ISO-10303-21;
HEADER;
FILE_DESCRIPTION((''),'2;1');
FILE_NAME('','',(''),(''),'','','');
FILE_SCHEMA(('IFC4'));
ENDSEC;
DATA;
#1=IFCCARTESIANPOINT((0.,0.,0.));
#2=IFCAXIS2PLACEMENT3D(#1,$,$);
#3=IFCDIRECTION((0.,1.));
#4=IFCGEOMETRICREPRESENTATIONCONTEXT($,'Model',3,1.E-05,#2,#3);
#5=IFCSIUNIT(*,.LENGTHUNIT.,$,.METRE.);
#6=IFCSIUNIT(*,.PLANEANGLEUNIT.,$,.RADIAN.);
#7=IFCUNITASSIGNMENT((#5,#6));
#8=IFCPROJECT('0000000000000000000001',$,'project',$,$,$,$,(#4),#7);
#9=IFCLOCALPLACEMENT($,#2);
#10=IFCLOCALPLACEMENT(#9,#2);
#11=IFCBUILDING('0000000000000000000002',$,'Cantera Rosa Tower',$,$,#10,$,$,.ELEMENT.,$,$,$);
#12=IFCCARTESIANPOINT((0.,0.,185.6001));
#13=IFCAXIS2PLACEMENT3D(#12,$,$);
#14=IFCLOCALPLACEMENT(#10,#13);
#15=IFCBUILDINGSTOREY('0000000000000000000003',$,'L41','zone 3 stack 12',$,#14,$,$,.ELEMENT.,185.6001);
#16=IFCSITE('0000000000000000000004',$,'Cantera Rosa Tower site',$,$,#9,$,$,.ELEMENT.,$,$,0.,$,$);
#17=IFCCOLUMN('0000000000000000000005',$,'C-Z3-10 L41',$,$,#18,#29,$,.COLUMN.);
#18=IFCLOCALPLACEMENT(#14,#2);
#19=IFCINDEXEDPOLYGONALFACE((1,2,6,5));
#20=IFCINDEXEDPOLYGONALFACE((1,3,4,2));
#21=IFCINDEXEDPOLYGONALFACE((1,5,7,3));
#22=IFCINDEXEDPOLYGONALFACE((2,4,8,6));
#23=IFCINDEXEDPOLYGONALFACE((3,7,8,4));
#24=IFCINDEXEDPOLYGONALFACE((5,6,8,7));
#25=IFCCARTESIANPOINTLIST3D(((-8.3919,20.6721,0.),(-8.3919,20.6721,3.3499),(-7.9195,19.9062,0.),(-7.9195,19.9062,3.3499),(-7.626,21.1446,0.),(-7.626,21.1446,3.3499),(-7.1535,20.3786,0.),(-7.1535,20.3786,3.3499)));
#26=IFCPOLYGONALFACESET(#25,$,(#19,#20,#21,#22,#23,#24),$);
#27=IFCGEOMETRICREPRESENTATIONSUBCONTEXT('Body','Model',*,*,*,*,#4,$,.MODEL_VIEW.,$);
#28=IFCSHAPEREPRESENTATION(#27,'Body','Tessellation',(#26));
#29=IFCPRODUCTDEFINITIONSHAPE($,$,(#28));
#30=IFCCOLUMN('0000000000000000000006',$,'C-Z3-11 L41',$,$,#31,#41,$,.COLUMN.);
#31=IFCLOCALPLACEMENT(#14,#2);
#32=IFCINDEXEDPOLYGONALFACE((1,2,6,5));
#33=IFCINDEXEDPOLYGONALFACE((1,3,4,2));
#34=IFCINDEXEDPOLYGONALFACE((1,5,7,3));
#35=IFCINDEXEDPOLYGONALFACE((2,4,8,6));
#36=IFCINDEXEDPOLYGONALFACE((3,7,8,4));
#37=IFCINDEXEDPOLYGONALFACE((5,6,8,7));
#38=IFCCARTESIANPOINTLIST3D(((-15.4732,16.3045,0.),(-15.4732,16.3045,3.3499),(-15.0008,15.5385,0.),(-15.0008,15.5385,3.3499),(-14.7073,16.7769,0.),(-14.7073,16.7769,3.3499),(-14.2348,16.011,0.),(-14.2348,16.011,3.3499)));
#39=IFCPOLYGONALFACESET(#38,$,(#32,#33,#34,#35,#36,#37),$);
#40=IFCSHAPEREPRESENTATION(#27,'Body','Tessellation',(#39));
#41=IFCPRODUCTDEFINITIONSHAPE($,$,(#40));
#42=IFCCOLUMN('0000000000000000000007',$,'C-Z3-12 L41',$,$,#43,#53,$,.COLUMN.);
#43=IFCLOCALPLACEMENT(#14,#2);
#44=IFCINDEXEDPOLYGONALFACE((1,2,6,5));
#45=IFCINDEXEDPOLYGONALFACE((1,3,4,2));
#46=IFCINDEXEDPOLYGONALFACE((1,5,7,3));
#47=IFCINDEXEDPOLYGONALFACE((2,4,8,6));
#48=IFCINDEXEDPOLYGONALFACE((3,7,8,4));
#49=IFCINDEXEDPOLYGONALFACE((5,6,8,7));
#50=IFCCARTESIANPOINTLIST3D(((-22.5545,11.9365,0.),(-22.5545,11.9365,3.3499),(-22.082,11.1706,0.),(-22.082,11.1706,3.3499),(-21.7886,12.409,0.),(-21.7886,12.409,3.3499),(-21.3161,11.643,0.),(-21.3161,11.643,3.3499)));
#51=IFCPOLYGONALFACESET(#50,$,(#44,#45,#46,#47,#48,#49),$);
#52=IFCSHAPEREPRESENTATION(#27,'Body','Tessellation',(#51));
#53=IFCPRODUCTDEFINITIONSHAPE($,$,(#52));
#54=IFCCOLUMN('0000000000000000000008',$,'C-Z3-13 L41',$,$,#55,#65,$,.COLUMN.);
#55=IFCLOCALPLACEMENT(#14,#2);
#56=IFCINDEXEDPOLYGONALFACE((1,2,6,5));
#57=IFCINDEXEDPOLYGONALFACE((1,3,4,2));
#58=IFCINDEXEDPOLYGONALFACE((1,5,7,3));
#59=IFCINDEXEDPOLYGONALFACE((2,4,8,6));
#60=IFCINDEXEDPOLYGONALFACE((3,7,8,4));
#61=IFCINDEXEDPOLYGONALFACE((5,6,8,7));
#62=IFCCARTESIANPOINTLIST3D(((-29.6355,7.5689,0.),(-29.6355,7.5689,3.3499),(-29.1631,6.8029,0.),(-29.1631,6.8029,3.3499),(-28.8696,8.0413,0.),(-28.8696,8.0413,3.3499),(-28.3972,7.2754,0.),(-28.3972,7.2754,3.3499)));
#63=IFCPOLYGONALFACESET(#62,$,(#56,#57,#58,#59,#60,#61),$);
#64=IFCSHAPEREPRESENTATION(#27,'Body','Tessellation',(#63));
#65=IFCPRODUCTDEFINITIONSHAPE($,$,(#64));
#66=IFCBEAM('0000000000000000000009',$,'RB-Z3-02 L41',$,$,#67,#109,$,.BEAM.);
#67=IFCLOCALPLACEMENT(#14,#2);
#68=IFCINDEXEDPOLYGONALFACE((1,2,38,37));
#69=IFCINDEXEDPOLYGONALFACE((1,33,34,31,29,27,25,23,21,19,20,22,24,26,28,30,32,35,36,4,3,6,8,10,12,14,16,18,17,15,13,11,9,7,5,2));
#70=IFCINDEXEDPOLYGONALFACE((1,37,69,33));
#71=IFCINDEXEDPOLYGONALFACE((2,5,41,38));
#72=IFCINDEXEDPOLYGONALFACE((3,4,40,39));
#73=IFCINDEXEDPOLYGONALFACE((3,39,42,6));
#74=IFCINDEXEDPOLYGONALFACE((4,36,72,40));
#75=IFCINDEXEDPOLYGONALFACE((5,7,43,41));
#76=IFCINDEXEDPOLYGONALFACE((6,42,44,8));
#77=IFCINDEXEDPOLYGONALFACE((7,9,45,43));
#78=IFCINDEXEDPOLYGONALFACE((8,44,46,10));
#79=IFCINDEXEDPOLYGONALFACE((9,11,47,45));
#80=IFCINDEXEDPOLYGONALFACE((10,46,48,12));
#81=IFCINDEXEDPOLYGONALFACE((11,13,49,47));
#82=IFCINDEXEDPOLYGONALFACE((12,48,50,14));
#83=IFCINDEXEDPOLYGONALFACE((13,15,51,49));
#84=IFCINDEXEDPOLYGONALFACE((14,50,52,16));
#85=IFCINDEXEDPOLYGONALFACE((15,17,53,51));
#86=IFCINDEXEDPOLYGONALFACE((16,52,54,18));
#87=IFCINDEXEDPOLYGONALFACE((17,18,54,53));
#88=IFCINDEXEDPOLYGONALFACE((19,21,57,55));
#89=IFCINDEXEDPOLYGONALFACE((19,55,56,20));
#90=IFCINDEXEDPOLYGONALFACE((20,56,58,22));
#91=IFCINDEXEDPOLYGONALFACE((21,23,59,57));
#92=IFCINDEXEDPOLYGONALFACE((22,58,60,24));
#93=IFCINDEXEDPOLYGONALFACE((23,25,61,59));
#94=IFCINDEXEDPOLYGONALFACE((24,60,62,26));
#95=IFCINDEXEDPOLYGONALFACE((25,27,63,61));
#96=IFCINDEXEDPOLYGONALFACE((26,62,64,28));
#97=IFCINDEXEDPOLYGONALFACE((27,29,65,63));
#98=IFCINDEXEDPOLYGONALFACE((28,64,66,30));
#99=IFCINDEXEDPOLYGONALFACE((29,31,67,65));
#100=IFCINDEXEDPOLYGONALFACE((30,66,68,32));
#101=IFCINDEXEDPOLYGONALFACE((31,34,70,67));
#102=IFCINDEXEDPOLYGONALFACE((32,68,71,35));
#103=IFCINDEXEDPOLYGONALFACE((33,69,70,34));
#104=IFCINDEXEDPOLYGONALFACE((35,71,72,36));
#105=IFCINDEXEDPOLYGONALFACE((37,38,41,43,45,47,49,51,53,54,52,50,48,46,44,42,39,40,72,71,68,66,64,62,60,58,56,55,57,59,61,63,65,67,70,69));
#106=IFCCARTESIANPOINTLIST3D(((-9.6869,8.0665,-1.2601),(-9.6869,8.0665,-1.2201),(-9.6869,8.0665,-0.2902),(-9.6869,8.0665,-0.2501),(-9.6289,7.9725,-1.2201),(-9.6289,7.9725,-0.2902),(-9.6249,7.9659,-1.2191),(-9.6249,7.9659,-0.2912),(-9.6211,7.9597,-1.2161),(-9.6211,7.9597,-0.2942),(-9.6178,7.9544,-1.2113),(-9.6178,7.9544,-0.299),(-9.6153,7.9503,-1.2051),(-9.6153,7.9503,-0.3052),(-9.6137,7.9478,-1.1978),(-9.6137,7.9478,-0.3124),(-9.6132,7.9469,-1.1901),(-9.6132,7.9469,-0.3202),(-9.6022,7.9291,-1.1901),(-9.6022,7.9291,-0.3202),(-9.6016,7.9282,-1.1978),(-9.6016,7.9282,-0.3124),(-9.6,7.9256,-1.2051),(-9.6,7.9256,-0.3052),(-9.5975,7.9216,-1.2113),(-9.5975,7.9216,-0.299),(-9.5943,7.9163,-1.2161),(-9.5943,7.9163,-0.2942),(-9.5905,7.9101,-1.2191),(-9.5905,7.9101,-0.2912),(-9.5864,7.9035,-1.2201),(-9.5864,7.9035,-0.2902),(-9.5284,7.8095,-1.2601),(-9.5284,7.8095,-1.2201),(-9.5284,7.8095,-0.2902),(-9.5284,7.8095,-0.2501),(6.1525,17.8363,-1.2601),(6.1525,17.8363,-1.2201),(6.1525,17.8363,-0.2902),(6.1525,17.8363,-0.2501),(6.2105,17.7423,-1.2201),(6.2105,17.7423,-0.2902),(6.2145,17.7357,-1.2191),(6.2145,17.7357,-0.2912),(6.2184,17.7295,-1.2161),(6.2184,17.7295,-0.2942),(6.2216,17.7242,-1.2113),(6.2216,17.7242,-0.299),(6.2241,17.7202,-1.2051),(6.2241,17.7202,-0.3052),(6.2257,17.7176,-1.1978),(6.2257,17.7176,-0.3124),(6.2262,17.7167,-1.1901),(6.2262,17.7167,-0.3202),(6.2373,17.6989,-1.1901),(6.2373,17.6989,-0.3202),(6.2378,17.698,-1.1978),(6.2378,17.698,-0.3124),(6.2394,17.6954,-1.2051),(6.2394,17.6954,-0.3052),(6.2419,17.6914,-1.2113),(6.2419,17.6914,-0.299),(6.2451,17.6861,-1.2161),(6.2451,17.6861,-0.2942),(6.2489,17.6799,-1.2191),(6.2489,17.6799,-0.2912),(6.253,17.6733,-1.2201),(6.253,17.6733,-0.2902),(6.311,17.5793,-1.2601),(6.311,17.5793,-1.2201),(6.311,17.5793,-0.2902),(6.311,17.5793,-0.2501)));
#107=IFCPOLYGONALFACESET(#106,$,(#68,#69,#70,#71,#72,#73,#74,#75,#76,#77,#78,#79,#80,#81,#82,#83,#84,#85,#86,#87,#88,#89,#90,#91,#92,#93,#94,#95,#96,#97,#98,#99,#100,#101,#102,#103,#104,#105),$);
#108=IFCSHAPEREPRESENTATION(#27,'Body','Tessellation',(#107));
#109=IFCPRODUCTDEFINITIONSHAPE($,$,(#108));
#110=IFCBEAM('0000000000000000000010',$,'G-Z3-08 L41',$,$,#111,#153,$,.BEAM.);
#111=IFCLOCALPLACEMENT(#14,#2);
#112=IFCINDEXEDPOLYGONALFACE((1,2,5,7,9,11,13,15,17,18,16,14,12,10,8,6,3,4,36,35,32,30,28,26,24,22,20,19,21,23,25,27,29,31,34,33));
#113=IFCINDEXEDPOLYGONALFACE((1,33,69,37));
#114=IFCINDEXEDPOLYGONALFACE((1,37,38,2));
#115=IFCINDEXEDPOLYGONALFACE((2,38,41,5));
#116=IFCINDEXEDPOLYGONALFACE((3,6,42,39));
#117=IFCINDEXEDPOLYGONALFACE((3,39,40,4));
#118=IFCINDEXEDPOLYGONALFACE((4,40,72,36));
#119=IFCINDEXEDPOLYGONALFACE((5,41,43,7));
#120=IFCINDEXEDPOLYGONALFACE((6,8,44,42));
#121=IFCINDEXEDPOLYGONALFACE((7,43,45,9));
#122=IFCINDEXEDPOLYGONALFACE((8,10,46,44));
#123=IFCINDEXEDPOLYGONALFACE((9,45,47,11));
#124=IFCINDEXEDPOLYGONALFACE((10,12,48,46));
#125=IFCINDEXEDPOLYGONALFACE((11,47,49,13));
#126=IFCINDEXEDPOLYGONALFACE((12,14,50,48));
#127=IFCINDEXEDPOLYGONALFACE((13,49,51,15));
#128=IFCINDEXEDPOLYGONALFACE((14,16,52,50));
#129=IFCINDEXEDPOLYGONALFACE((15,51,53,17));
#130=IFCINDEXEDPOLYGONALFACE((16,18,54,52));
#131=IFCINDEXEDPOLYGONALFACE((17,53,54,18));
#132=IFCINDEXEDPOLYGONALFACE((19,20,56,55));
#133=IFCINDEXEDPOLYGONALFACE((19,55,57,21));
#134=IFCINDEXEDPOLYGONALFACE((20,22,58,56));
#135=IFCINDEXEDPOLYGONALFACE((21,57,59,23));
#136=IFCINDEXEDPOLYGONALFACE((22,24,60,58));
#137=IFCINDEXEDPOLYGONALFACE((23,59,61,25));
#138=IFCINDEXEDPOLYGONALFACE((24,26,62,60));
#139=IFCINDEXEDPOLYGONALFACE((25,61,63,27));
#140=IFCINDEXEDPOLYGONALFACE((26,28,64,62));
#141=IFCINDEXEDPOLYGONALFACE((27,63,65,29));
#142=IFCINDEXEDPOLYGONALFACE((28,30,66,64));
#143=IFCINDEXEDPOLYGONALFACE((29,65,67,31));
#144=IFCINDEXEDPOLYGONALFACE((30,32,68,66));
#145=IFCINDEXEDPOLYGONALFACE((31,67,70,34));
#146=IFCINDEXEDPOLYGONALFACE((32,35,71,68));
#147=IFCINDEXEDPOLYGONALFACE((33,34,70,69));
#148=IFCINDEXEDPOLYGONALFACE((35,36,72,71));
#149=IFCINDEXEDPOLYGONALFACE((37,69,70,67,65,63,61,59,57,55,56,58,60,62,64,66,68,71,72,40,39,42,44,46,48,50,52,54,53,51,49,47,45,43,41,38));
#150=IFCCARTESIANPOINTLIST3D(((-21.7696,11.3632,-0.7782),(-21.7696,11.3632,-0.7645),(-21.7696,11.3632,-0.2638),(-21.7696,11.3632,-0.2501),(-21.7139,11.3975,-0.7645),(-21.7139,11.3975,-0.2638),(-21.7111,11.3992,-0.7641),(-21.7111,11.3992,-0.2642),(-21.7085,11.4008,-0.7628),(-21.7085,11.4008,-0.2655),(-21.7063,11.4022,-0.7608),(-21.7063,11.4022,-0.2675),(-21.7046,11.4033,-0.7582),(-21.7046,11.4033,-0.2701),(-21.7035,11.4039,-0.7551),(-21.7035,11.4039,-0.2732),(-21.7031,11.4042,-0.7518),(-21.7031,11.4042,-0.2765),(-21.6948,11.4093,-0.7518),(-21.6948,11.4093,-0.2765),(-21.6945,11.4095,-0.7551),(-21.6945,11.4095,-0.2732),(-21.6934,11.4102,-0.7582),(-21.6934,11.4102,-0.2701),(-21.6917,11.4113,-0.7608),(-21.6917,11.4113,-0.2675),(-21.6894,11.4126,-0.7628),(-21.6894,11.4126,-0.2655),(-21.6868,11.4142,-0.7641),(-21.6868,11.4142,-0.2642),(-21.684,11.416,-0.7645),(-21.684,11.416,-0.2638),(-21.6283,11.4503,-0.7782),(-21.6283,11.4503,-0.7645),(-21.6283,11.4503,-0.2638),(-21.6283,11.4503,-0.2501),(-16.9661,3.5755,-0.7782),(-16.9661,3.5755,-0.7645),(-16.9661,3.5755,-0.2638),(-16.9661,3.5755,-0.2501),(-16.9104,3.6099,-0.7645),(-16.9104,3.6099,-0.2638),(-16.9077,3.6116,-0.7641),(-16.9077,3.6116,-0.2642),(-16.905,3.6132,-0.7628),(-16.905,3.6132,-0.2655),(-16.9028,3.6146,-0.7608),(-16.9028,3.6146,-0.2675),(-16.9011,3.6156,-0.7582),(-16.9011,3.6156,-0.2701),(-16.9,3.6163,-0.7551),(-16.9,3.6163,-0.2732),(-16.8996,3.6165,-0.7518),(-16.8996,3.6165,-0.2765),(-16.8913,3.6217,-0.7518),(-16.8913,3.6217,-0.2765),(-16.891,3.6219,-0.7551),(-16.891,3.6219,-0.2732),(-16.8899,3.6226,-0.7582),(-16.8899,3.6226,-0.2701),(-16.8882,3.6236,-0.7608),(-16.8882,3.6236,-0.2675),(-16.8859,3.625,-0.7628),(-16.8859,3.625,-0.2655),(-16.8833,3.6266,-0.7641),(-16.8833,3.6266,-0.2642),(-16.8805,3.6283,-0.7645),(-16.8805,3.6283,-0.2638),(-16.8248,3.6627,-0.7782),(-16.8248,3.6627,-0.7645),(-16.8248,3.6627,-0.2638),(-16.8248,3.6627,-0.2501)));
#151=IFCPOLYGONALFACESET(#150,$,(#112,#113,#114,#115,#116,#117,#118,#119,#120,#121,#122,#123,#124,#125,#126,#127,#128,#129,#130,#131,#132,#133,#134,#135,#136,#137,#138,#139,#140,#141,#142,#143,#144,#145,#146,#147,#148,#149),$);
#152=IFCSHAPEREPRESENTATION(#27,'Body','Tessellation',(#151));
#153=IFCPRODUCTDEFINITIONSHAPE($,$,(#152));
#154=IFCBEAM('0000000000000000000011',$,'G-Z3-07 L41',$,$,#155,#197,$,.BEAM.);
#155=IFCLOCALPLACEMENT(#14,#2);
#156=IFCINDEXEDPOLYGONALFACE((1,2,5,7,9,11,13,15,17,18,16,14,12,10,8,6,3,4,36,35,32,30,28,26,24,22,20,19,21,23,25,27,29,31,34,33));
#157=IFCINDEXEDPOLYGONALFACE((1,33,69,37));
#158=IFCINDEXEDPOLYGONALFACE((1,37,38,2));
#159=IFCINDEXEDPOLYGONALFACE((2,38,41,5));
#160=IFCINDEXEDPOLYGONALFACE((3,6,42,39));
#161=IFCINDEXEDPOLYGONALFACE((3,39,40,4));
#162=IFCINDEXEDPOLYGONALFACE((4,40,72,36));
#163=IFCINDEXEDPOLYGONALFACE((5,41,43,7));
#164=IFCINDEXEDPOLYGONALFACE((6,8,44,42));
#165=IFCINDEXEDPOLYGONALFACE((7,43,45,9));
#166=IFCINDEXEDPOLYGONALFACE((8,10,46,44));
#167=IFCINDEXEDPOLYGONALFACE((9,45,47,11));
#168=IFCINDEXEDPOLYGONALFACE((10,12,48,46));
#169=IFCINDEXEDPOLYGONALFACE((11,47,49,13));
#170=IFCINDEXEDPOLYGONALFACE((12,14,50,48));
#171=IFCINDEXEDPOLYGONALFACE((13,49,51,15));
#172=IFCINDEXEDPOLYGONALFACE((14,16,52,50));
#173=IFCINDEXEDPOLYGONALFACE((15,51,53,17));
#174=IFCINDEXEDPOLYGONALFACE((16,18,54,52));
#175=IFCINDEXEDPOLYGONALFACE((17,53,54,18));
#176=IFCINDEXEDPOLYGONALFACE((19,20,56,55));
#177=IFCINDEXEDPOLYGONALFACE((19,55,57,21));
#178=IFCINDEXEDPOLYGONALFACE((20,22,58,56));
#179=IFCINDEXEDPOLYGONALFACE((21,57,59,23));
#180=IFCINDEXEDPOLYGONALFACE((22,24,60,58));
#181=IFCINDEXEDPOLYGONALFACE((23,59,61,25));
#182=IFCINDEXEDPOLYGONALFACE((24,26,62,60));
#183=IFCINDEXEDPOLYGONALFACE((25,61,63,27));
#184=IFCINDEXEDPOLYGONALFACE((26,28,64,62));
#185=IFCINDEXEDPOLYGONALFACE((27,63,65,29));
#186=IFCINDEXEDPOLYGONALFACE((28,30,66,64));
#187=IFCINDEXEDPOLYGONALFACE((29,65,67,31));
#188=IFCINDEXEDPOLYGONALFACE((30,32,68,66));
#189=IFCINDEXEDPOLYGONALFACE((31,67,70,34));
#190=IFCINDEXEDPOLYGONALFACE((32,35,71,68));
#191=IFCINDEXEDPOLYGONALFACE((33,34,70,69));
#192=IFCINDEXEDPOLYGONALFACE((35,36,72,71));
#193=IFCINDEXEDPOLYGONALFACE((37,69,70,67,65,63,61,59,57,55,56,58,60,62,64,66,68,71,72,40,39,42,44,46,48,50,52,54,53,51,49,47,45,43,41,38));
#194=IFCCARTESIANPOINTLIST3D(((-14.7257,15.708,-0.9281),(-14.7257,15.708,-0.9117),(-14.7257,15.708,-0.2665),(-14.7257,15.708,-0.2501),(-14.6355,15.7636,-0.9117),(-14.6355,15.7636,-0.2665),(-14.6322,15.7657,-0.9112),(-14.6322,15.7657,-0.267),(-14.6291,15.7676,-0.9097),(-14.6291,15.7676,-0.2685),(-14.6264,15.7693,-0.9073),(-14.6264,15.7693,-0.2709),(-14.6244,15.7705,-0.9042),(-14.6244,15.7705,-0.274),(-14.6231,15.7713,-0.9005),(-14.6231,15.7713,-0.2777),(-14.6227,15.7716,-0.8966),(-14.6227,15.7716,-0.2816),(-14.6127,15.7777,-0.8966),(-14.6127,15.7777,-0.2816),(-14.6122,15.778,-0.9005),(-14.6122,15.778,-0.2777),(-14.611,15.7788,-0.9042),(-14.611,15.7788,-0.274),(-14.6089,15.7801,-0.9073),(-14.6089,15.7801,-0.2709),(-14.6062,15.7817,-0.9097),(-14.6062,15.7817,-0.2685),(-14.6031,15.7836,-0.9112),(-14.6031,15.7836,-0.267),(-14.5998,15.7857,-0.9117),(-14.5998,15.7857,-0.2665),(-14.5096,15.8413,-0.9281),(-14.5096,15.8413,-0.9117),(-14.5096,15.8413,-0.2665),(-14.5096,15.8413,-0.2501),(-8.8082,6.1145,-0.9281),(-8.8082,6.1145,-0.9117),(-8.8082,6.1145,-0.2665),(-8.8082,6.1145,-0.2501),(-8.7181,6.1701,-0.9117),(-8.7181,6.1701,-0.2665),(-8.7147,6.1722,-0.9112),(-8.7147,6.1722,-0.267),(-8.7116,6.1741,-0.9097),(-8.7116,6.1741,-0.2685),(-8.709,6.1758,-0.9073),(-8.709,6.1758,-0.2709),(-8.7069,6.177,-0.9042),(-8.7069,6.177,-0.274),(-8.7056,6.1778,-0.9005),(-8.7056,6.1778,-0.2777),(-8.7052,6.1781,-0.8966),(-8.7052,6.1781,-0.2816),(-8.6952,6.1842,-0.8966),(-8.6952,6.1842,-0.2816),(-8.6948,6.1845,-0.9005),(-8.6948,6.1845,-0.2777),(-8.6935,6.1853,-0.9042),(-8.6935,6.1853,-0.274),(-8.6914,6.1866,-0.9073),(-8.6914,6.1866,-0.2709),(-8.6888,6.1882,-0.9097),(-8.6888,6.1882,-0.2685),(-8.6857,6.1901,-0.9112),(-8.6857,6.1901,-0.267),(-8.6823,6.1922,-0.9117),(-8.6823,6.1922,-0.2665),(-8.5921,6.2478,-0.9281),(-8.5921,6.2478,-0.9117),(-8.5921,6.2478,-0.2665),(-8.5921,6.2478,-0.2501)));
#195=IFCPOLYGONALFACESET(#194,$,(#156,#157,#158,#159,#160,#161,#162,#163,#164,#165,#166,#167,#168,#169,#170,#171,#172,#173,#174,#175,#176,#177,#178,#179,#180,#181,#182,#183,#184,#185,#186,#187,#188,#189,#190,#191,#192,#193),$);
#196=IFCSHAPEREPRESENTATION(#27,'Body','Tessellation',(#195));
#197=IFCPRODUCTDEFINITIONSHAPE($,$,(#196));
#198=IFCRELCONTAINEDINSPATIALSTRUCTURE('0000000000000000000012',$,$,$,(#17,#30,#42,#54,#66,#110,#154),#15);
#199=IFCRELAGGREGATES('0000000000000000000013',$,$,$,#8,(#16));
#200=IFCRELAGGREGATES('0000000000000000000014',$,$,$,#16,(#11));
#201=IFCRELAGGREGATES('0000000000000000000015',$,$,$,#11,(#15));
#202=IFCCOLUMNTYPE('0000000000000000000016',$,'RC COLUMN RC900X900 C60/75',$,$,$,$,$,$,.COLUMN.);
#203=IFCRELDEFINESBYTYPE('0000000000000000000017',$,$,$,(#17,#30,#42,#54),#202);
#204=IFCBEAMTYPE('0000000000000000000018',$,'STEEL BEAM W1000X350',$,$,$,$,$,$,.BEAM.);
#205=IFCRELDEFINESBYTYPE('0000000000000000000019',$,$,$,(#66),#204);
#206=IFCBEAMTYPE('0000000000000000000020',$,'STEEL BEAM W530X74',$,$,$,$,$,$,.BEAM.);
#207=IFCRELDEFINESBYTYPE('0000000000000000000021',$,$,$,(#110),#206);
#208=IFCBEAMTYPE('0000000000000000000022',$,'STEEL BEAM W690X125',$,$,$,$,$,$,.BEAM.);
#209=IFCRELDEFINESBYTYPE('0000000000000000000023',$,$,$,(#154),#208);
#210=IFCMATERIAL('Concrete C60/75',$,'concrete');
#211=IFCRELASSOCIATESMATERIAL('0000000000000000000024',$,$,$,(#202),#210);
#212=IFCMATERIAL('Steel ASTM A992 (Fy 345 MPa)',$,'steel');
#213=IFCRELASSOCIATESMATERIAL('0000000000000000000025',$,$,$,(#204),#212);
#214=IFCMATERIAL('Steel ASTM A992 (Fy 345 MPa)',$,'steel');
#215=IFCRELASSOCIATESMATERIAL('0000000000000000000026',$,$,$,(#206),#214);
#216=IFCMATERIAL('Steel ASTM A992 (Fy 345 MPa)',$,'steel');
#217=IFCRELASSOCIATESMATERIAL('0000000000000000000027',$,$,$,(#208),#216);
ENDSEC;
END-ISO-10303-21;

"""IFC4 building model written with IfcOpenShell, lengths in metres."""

from ifc_helpers import new_model, si_unit, direction, frame, origin, origin_2d, place, context, subcontext, project, spatial, rectangle, i_section, extrude, material, material_profile, profile_set, type_object, element, save


model = new_model("IFC4")

# Units and contexts
model_context = context("Model", 3, precision=1e-05, world=origin(), true_north=direction((0.0, 1.0)))
body_context = subcontext(model_context, "Body", "Model", "MODEL_VIEW")
ifc_project = project(units=[si_unit("LENGTHUNIT", "METRE"), si_unit("PLANEANGLEUNIT", "RADIAN")], contexts=[model_context])

# Site, building, storey
site_placement = place(None, origin())
site = spatial("IfcSite", under=ifc_project, at=site_placement, Name="Cantera Rosa Tower site", CompositionType="ELEMENT", RefElevation=0.0)
building_placement = place(site_placement, origin())
building = spatial("IfcBuilding", under=site, at=building_placement, Name="Cantera Rosa Tower", CompositionType="ELEMENT")
storey_placement = place(building_placement, frame((0.0, 0.0, 185.6001)))
storey = spatial("IfcBuildingStorey", under=building, at=storey_placement, Name="L41", Description="zone 3 stack 12", CompositionType="ELEMENT", Elevation=185.6001)

# Columns
ifc_material_1 = material(Name="Concrete C60/75", Category="concrete")
ifc_material_profile_1 = material_profile(ifc_material_1, rectangle(XDim=0.8999, YDim=0.8999, at=origin_2d()), Name="RC COLUMN RC900X900 C60/75")
ifc_profile_set_1 = profile_set([ifc_material_profile_1], Name="Concrete C60/75")
column_type = type_object("IfcColumnType", Name="RC COLUMN RC900X900 C60/75", PredefinedType="COLUMN", material=ifc_profile_set_1)
for number, where, z_axis, x_axis, name in (
    (1, (-7.7727, 20.5254, 0.0), (0.0, 0.0, 1.0), (0.851117, 0.524977, 0.0), "C-Z3-10 L41"),
    (2, (-14.854, 16.1577, 0.0), (0.0, 0.0, 1.0), (0.851117, 0.524977, 0.0), "C-Z3-11 L41"),
    (3, (-21.9353, 11.7898, 0.0), (0.0, 0.0, 1.0), (0.851117, 0.524977, 0.0), "C-Z3-12 L41"),
    (4, (-29.0164, 7.4221, 0.0), (0.0, 0.0, 1.0), (0.851117, 0.524977, 0.0), "C-Z3-13 L41"),
):
    element("IfcColumn", number, at=place(storey_placement, frame(where, z_axis=z_axis, x_axis=x_axis)), inside=storey, type_object=column_type, Name=name, PredefinedType="COLUMN", context=body_context, shape_type="SweptSolid", body=[
        extrude(rectangle(XDim=0.8999, YDim=0.8999, at=origin_2d()), origin(), (0.0, 0.0, 1.0), 3.3499),
    ])

# Beams
ifc_material_2 = material(Name="Steel ASTM A992 (Fy 345 MPa)", Category="steel")
ifc_material_profile_2 = material_profile(ifc_material_2, i_section(OverallWidth=0.302, OverallDepth=1.01, WebThickness=0.021, FlangeThickness=0.04, FilletRadius=0.03, at=origin_2d()), Name="W1000X350")
ifc_profile_set_2 = profile_set([ifc_material_profile_2], Name="Steel ASTM A992 (Fy 345 MPa)")
beam_type_1 = type_object("IfcBeamType", Name="STEEL BEAM W1000X350", PredefinedType="BEAM", material=ifc_profile_set_2)
beam_1_placement = place(storey_placement, frame((-9.6077, 7.938, -0.7551), z_axis=(0.851119, 0.524973, 0.0), x_axis=(-0.524973, 0.851119, 0.0)))
element("IfcBeam", 5, at=beam_1_placement, inside=storey, type_object=beam_type_1, Name="RB-Z3-02 L41", PredefinedType="BEAM", context=body_context, shape_type="SweptSolid", body=[
    extrude(i_section(OverallWidth=0.302, OverallDepth=1.01, WebThickness=0.021, FlangeThickness=0.04, FilletRadius=0.03, at=origin_2d()), origin(), (0.0, 0.0, 1.0), 18.6101),
])
ifc_material_3 = material(Name="Steel ASTM A992 (Fy 345 MPa)", Category="steel")
ifc_material_profile_3 = material_profile(ifc_material_3, i_section(OverallWidth=0.166, OverallDepth=0.5281, WebThickness=0.0098, FlangeThickness=0.0137, FilletRadius=0.0127, at=origin_2d()), Name="W530X74")
ifc_profile_set_3 = profile_set([ifc_material_profile_3], Name="Steel ASTM A992 (Fy 345 MPa)")
beam_type_2 = type_object("IfcBeamType", Name="STEEL BEAM W530X74", PredefinedType="BEAM", material=ifc_profile_set_3)
beam_2_placement = place(storey_placement, frame((-21.699, 11.4067, -0.5142), z_axis=(0.524977, -0.851116, 0.0), x_axis=(0.851116, 0.524977, 0.0)))
element("IfcBeam", 6, at=beam_2_placement, inside=storey, type_object=beam_type_2, Name="G-Z3-08 L41", PredefinedType="BEAM", context=body_context, shape_type="SweptSolid", body=[
    extrude(i_section(OverallWidth=0.166, OverallDepth=0.5281, WebThickness=0.0098, FlangeThickness=0.0137, FilletRadius=0.0127, at=origin_2d()), origin(), (0.0, 0.0, 1.0), 9.1499),
])
ifc_material_4 = material(Name="Steel ASTM A992 (Fy 345 MPa)", Category="steel")
ifc_material_profile_4 = material_profile(ifc_material_4, i_section(OverallWidth=0.2539, OverallDepth=0.678, WebThickness=0.0117, FlangeThickness=0.0164, FilletRadius=0.0151, at=origin_2d()), Name="W690X125")
ifc_profile_set_4 = profile_set([ifc_material_profile_4], Name="Steel ASTM A992 (Fy 345 MPa)")
beam_type_3 = type_object("IfcBeamType", Name="STEEL BEAM W690X125", PredefinedType="BEAM", material=ifc_profile_set_4)
beam_3_placement = place(storey_placement, frame((-14.6177, 15.7747, -0.5891), z_axis=(0.524984, -0.851112, 0.0), x_axis=(0.851112, 0.524984, 0.0)))
element("IfcBeam", 7, at=beam_3_placement, inside=storey, type_object=beam_type_3, Name="G-Z3-07 L41", PredefinedType="BEAM", context=body_context, shape_type="SweptSolid", body=[
    extrude(i_section(OverallWidth=0.2539, OverallDepth=0.678, WebThickness=0.0117, FlangeThickness=0.0164, FilletRadius=0.0151, at=origin_2d()), origin(), (0.0, 0.0, 1.0), 11.2717),
])

save(model, "model.ifc")
